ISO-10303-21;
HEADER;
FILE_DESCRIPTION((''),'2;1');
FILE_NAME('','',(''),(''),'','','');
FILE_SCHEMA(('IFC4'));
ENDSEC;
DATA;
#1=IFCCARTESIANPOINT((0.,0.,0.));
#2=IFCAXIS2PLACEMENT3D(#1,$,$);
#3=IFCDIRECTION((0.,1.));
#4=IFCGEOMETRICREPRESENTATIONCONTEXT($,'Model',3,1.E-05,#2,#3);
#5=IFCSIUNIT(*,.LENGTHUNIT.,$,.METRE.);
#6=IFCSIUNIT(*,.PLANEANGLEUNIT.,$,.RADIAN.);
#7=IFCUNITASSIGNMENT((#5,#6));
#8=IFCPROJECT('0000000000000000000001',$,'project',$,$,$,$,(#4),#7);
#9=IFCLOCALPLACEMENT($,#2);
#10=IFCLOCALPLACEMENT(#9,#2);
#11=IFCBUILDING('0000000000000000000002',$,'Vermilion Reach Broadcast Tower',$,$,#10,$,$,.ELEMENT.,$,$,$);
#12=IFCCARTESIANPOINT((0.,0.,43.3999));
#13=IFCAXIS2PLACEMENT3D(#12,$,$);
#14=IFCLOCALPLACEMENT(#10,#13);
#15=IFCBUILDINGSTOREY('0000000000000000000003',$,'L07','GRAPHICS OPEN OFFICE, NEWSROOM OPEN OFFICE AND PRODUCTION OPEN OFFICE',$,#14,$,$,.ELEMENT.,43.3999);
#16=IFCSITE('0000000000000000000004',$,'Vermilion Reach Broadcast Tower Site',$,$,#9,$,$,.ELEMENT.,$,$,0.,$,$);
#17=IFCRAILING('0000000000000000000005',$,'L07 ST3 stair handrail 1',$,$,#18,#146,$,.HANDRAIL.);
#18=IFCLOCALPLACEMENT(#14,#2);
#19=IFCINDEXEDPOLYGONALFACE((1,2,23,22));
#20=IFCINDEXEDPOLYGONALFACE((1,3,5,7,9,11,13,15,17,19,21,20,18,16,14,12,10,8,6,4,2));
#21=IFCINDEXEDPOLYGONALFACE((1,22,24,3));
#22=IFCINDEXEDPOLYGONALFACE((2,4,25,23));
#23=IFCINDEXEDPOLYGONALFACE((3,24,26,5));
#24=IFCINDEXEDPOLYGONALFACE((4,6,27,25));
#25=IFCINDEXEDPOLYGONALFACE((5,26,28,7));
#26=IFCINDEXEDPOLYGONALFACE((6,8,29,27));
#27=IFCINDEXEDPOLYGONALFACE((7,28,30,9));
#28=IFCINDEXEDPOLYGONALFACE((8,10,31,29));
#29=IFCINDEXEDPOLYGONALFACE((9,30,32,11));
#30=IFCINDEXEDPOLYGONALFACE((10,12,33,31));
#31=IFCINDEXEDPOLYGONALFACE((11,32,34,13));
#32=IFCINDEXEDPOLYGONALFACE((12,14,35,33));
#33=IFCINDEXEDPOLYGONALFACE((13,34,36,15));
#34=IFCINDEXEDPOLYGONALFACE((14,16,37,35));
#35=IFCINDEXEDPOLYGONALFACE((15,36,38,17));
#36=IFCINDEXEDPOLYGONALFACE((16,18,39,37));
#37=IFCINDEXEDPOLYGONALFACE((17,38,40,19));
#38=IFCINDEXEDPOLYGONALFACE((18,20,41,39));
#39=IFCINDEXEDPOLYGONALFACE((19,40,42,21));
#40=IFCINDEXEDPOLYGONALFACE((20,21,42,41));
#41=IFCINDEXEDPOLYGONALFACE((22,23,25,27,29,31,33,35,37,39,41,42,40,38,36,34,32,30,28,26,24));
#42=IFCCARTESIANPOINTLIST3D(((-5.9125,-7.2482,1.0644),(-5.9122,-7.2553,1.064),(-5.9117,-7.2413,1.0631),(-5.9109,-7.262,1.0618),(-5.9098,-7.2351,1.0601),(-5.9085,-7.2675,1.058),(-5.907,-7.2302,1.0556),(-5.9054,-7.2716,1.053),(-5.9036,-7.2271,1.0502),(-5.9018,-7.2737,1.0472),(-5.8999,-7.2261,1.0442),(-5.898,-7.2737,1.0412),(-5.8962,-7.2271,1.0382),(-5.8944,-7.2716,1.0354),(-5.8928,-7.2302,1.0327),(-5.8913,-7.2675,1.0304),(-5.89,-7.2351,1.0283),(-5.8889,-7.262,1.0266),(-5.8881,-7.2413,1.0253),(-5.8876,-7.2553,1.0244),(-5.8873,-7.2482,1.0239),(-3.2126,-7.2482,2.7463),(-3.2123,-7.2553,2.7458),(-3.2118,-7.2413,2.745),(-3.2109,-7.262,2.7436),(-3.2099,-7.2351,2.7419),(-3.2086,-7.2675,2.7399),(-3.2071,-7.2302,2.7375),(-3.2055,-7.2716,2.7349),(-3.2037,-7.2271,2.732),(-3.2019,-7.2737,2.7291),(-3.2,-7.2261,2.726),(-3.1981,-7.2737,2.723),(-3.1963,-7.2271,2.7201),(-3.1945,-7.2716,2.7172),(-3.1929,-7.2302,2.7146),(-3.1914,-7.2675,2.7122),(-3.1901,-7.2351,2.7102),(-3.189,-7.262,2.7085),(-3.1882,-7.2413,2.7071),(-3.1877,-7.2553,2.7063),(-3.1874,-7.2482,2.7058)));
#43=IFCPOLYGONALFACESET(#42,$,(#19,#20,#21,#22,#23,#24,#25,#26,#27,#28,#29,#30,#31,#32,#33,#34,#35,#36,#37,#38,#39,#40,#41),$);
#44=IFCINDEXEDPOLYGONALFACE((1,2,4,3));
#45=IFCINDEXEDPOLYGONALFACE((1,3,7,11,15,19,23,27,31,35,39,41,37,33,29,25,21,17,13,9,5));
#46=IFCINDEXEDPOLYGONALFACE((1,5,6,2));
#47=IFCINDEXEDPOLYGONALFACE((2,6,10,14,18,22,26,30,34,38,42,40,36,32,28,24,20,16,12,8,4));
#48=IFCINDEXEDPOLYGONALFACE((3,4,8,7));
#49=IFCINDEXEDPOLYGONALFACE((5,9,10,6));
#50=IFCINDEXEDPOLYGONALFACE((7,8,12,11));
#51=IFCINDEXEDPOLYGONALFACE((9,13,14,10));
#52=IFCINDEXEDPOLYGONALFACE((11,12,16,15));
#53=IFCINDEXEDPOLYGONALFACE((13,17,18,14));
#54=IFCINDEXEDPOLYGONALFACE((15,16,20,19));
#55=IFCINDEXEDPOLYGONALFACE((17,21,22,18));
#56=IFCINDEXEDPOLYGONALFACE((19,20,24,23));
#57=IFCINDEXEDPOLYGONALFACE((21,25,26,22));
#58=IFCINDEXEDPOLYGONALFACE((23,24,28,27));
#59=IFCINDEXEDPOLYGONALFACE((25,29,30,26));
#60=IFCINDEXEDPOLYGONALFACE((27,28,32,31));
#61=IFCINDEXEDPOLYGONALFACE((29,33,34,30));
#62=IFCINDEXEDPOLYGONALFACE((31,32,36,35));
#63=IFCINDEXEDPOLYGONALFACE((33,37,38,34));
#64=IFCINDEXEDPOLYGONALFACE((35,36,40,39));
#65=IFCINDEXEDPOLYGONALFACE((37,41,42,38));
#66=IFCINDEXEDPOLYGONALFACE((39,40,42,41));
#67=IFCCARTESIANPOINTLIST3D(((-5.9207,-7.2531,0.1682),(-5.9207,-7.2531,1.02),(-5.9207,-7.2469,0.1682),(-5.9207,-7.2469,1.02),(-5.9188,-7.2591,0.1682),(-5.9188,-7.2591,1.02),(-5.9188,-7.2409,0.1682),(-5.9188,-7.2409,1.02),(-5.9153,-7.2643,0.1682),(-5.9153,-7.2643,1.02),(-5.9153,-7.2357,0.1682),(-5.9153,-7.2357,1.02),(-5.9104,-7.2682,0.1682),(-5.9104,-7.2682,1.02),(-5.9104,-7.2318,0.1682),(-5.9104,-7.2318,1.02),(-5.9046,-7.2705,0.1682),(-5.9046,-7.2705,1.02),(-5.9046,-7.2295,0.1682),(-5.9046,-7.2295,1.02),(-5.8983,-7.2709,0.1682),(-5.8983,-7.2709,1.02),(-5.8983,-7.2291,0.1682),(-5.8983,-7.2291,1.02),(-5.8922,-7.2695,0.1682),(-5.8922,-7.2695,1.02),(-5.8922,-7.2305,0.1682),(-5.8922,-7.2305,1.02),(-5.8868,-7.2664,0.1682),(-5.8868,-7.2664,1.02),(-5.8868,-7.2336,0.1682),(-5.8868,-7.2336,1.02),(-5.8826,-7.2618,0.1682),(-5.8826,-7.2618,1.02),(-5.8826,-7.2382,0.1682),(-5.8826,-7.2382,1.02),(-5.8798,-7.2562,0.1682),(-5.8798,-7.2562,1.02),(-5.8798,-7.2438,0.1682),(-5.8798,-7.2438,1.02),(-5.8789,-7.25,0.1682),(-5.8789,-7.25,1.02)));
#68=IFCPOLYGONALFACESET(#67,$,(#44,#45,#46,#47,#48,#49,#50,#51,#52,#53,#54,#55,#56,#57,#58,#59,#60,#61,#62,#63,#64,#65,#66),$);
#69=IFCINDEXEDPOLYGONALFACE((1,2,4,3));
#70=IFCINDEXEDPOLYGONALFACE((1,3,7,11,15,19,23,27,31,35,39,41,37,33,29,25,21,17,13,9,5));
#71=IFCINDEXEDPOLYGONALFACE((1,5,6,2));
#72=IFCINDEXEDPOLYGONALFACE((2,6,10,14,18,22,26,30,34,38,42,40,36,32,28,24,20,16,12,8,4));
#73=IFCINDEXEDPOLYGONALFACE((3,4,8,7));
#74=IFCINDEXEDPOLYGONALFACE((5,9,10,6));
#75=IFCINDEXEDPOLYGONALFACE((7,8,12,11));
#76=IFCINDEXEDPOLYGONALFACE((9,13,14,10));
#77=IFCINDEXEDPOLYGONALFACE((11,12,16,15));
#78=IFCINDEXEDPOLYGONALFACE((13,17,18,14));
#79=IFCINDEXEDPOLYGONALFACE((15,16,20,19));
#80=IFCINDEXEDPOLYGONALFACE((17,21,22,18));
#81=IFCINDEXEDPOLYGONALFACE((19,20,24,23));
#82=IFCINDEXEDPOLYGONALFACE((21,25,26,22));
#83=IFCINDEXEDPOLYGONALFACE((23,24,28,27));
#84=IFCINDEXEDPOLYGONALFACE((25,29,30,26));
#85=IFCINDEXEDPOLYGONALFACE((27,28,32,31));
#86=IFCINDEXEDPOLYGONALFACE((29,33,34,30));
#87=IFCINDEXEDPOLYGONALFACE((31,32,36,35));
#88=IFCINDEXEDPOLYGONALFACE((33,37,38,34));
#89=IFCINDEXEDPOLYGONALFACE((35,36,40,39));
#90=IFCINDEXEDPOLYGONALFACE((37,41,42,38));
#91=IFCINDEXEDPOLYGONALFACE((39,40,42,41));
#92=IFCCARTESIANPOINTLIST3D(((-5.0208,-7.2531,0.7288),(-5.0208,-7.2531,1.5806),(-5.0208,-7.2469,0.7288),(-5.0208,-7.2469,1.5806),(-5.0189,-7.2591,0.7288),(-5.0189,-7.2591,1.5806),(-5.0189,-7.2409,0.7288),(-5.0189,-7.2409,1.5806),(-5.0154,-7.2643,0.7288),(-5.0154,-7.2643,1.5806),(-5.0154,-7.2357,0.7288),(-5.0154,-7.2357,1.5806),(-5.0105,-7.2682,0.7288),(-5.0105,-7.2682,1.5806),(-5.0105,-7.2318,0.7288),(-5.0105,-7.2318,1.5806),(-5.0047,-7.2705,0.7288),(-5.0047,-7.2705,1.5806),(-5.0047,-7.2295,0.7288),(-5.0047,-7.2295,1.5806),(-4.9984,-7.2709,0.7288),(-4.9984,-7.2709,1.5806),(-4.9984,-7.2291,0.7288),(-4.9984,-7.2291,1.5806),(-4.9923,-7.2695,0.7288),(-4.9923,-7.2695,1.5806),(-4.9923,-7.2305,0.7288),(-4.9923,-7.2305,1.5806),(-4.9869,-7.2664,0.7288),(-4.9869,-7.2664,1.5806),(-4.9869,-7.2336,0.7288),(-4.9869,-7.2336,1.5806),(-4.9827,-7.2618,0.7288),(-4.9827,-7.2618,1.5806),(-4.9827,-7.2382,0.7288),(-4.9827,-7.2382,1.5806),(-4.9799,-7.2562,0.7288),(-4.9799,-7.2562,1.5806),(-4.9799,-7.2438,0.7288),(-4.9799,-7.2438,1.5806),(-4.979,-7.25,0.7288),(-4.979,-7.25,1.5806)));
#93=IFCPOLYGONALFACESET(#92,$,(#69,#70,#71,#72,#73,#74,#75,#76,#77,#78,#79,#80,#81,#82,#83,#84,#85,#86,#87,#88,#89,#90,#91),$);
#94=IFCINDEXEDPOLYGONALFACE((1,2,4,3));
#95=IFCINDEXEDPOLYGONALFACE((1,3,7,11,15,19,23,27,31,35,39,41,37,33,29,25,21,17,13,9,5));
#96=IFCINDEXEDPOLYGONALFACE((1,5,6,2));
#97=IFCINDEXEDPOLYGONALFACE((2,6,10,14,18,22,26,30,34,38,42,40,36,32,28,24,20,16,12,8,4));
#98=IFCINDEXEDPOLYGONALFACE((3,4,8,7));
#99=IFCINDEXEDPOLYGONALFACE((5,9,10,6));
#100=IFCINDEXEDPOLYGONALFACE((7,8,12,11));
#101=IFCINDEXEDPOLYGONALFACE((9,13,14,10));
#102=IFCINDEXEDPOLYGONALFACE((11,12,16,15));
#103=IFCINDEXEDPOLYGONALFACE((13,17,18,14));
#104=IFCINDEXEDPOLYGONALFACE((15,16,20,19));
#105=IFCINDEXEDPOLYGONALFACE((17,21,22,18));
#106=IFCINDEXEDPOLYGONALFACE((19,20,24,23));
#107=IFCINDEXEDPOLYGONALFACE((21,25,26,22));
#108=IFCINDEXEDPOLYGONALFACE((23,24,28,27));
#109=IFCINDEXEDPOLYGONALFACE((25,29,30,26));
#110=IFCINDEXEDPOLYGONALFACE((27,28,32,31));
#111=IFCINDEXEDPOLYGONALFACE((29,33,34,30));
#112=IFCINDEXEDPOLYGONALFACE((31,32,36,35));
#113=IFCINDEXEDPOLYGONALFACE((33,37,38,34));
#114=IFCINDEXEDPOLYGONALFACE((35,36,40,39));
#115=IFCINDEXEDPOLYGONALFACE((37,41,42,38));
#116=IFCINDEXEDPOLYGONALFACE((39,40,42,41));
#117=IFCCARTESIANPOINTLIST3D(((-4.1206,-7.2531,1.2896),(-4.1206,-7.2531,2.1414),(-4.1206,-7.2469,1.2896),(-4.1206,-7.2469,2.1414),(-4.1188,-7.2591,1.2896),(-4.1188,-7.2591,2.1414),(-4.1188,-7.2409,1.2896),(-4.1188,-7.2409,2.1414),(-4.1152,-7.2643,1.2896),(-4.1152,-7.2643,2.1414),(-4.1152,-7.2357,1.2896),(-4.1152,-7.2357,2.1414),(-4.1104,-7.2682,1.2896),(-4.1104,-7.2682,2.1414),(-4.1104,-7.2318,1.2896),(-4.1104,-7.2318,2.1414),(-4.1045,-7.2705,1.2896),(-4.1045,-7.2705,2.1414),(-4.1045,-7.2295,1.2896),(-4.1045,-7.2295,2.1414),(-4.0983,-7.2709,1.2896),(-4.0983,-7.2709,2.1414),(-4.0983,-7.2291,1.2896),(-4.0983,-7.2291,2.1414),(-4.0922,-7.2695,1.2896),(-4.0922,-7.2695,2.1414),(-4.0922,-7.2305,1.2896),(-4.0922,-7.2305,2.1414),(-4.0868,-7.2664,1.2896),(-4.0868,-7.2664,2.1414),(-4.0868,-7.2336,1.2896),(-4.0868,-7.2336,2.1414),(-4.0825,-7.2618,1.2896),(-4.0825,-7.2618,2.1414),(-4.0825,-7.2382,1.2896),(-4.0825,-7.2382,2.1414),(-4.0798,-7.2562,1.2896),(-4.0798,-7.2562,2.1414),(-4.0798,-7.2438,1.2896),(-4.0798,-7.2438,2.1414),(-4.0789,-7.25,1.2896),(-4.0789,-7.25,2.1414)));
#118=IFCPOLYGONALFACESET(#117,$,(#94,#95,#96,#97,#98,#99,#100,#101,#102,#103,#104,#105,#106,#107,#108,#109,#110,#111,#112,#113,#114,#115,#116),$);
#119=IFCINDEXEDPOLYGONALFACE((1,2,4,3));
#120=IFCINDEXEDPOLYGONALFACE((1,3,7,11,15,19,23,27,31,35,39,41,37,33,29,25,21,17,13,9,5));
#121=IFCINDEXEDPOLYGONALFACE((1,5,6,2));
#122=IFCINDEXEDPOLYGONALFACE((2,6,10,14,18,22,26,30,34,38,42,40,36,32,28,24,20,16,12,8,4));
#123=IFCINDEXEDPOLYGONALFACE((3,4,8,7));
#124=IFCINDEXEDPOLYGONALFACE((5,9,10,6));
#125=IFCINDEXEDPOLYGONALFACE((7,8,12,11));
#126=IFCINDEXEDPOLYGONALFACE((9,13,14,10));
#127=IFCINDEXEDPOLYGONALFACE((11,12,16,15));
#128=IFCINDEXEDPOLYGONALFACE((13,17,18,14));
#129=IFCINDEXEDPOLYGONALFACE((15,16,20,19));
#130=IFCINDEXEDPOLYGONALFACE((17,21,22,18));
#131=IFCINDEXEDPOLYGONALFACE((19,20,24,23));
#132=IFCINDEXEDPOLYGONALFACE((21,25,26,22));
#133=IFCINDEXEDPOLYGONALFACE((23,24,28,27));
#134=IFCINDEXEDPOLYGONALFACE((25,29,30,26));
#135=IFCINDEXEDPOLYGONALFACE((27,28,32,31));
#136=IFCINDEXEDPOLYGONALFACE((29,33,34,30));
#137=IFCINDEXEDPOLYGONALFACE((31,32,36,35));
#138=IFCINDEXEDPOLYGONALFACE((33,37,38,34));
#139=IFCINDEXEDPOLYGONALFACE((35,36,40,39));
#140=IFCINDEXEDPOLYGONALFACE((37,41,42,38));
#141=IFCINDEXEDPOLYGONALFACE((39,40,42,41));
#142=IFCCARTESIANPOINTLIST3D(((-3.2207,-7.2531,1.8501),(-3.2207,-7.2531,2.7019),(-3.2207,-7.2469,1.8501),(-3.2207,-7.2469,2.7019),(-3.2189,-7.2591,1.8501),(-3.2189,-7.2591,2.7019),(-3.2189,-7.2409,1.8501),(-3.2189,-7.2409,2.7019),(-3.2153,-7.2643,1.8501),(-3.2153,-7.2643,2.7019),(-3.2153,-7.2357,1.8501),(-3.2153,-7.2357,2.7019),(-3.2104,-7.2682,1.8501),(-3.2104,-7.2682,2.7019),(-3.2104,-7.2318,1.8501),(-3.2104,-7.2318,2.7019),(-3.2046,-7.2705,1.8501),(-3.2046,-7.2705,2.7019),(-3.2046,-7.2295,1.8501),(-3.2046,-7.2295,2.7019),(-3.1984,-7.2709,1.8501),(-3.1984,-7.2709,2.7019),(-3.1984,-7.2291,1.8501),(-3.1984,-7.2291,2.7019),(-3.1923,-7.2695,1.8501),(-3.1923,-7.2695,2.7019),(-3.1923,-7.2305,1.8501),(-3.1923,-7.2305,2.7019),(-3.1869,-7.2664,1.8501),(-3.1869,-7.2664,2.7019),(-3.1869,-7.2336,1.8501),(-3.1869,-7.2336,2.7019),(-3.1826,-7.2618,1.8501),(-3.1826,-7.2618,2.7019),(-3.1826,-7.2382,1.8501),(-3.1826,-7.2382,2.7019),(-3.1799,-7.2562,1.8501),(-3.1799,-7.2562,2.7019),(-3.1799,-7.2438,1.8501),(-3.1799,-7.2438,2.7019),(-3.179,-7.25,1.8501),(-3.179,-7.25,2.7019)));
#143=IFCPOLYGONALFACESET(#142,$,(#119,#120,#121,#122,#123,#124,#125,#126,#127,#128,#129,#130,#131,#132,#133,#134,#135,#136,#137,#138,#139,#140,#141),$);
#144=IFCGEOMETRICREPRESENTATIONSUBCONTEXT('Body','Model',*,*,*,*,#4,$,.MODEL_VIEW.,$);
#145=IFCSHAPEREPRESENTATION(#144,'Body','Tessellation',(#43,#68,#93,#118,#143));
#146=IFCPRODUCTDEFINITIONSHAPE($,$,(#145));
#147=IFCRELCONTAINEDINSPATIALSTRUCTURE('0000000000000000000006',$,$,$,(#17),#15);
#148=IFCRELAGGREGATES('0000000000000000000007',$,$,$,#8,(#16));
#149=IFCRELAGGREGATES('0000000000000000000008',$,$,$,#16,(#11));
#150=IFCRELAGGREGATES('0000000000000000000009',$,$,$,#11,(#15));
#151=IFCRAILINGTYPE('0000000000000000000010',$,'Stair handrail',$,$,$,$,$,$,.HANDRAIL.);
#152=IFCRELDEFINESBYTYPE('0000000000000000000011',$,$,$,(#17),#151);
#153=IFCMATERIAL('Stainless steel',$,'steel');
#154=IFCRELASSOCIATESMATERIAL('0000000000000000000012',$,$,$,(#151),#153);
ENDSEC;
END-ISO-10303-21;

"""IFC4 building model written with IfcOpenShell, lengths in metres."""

from ifc_helpers import new_model, si_unit, direction, frame, origin, origin_2d, place, context, subcontext, project, spatial, circle, extrude, material, type_object, element, save


model = new_model("IFC4")

# Units and contexts
model_context = context("Model", 3, precision=1e-05, world=origin(), true_north=direction((0.0, 1.0)))
body_context = subcontext(model_context, "Body", "Model", "MODEL_VIEW")
ifc_project = project(units=[si_unit("LENGTHUNIT", "METRE"), si_unit("PLANEANGLEUNIT", "RADIAN")], contexts=[model_context])

# Site, building, storey
site_placement = place(None, origin())
site = spatial("IfcSite", under=ifc_project, at=site_placement, Name="Vermilion Reach Broadcast Tower Site", CompositionType="ELEMENT", RefElevation=0.0)
building_placement = place(site_placement, origin())
building = spatial("IfcBuilding", under=site, at=building_placement, Name="Vermilion Reach Broadcast Tower", CompositionType="ELEMENT")
storey_placement = place(building_placement, frame((0.0, 0.0, 43.3999)))
storey = spatial("IfcBuildingStorey", under=building, at=storey_placement, Name="L07", Description="GRAPHICS OPEN OFFICE, NEWSROOM OPEN OFFICE AND PRODUCTION OPEN OFFICE", CompositionType="ELEMENT", Elevation=43.3999)

# Railing
ifc_material_1 = material(Name="Stainless steel", Category="steel")
railing_type_1 = type_object("IfcRailingType", Name="Stair handrail", PredefinedType="HANDRAIL", material=ifc_material_1)
railing_1_placement = place(storey_placement, frame((-5.8999, -7.25, 0.1682)))
element("IfcRailing", 1, at=railing_1_placement, inside=storey, type_object=railing_type_1, Name="L07 ST3 stair handrail 1", PredefinedType="HANDRAIL", context=body_context, shape_type="SweptSolid", body=[
    extrude(circle(Radius=0.0239, at=origin_2d()), frame((0.0, 0.0, 0.876), z_axis=(0.848786, 0.0, 0.528736), x_axis=(0.0, 1.0, 0.0)), (0.0, 0.0, 1.0), 3.1809),
    extrude(circle(Radius=0.021, at=origin_2d()), origin(), (0.0, 0.0, 1.0), 0.8518),
    extrude(circle(Radius=0.021, at=origin_2d()), frame((0.8999, 0.0, 0.5605)), (0.0, 0.0, 1.0), 0.8518),
    extrude(circle(Radius=0.021, at=origin_2d()), frame((1.8, 0.0, 1.1213)), (0.0, 0.0, 1.0), 0.8518),
    extrude(circle(Radius=0.021, at=origin_2d()), frame((2.7, 0.0, 1.6819)), (0.0, 0.0, 1.0), 0.8518),
])

save(model, "model.ifc")
